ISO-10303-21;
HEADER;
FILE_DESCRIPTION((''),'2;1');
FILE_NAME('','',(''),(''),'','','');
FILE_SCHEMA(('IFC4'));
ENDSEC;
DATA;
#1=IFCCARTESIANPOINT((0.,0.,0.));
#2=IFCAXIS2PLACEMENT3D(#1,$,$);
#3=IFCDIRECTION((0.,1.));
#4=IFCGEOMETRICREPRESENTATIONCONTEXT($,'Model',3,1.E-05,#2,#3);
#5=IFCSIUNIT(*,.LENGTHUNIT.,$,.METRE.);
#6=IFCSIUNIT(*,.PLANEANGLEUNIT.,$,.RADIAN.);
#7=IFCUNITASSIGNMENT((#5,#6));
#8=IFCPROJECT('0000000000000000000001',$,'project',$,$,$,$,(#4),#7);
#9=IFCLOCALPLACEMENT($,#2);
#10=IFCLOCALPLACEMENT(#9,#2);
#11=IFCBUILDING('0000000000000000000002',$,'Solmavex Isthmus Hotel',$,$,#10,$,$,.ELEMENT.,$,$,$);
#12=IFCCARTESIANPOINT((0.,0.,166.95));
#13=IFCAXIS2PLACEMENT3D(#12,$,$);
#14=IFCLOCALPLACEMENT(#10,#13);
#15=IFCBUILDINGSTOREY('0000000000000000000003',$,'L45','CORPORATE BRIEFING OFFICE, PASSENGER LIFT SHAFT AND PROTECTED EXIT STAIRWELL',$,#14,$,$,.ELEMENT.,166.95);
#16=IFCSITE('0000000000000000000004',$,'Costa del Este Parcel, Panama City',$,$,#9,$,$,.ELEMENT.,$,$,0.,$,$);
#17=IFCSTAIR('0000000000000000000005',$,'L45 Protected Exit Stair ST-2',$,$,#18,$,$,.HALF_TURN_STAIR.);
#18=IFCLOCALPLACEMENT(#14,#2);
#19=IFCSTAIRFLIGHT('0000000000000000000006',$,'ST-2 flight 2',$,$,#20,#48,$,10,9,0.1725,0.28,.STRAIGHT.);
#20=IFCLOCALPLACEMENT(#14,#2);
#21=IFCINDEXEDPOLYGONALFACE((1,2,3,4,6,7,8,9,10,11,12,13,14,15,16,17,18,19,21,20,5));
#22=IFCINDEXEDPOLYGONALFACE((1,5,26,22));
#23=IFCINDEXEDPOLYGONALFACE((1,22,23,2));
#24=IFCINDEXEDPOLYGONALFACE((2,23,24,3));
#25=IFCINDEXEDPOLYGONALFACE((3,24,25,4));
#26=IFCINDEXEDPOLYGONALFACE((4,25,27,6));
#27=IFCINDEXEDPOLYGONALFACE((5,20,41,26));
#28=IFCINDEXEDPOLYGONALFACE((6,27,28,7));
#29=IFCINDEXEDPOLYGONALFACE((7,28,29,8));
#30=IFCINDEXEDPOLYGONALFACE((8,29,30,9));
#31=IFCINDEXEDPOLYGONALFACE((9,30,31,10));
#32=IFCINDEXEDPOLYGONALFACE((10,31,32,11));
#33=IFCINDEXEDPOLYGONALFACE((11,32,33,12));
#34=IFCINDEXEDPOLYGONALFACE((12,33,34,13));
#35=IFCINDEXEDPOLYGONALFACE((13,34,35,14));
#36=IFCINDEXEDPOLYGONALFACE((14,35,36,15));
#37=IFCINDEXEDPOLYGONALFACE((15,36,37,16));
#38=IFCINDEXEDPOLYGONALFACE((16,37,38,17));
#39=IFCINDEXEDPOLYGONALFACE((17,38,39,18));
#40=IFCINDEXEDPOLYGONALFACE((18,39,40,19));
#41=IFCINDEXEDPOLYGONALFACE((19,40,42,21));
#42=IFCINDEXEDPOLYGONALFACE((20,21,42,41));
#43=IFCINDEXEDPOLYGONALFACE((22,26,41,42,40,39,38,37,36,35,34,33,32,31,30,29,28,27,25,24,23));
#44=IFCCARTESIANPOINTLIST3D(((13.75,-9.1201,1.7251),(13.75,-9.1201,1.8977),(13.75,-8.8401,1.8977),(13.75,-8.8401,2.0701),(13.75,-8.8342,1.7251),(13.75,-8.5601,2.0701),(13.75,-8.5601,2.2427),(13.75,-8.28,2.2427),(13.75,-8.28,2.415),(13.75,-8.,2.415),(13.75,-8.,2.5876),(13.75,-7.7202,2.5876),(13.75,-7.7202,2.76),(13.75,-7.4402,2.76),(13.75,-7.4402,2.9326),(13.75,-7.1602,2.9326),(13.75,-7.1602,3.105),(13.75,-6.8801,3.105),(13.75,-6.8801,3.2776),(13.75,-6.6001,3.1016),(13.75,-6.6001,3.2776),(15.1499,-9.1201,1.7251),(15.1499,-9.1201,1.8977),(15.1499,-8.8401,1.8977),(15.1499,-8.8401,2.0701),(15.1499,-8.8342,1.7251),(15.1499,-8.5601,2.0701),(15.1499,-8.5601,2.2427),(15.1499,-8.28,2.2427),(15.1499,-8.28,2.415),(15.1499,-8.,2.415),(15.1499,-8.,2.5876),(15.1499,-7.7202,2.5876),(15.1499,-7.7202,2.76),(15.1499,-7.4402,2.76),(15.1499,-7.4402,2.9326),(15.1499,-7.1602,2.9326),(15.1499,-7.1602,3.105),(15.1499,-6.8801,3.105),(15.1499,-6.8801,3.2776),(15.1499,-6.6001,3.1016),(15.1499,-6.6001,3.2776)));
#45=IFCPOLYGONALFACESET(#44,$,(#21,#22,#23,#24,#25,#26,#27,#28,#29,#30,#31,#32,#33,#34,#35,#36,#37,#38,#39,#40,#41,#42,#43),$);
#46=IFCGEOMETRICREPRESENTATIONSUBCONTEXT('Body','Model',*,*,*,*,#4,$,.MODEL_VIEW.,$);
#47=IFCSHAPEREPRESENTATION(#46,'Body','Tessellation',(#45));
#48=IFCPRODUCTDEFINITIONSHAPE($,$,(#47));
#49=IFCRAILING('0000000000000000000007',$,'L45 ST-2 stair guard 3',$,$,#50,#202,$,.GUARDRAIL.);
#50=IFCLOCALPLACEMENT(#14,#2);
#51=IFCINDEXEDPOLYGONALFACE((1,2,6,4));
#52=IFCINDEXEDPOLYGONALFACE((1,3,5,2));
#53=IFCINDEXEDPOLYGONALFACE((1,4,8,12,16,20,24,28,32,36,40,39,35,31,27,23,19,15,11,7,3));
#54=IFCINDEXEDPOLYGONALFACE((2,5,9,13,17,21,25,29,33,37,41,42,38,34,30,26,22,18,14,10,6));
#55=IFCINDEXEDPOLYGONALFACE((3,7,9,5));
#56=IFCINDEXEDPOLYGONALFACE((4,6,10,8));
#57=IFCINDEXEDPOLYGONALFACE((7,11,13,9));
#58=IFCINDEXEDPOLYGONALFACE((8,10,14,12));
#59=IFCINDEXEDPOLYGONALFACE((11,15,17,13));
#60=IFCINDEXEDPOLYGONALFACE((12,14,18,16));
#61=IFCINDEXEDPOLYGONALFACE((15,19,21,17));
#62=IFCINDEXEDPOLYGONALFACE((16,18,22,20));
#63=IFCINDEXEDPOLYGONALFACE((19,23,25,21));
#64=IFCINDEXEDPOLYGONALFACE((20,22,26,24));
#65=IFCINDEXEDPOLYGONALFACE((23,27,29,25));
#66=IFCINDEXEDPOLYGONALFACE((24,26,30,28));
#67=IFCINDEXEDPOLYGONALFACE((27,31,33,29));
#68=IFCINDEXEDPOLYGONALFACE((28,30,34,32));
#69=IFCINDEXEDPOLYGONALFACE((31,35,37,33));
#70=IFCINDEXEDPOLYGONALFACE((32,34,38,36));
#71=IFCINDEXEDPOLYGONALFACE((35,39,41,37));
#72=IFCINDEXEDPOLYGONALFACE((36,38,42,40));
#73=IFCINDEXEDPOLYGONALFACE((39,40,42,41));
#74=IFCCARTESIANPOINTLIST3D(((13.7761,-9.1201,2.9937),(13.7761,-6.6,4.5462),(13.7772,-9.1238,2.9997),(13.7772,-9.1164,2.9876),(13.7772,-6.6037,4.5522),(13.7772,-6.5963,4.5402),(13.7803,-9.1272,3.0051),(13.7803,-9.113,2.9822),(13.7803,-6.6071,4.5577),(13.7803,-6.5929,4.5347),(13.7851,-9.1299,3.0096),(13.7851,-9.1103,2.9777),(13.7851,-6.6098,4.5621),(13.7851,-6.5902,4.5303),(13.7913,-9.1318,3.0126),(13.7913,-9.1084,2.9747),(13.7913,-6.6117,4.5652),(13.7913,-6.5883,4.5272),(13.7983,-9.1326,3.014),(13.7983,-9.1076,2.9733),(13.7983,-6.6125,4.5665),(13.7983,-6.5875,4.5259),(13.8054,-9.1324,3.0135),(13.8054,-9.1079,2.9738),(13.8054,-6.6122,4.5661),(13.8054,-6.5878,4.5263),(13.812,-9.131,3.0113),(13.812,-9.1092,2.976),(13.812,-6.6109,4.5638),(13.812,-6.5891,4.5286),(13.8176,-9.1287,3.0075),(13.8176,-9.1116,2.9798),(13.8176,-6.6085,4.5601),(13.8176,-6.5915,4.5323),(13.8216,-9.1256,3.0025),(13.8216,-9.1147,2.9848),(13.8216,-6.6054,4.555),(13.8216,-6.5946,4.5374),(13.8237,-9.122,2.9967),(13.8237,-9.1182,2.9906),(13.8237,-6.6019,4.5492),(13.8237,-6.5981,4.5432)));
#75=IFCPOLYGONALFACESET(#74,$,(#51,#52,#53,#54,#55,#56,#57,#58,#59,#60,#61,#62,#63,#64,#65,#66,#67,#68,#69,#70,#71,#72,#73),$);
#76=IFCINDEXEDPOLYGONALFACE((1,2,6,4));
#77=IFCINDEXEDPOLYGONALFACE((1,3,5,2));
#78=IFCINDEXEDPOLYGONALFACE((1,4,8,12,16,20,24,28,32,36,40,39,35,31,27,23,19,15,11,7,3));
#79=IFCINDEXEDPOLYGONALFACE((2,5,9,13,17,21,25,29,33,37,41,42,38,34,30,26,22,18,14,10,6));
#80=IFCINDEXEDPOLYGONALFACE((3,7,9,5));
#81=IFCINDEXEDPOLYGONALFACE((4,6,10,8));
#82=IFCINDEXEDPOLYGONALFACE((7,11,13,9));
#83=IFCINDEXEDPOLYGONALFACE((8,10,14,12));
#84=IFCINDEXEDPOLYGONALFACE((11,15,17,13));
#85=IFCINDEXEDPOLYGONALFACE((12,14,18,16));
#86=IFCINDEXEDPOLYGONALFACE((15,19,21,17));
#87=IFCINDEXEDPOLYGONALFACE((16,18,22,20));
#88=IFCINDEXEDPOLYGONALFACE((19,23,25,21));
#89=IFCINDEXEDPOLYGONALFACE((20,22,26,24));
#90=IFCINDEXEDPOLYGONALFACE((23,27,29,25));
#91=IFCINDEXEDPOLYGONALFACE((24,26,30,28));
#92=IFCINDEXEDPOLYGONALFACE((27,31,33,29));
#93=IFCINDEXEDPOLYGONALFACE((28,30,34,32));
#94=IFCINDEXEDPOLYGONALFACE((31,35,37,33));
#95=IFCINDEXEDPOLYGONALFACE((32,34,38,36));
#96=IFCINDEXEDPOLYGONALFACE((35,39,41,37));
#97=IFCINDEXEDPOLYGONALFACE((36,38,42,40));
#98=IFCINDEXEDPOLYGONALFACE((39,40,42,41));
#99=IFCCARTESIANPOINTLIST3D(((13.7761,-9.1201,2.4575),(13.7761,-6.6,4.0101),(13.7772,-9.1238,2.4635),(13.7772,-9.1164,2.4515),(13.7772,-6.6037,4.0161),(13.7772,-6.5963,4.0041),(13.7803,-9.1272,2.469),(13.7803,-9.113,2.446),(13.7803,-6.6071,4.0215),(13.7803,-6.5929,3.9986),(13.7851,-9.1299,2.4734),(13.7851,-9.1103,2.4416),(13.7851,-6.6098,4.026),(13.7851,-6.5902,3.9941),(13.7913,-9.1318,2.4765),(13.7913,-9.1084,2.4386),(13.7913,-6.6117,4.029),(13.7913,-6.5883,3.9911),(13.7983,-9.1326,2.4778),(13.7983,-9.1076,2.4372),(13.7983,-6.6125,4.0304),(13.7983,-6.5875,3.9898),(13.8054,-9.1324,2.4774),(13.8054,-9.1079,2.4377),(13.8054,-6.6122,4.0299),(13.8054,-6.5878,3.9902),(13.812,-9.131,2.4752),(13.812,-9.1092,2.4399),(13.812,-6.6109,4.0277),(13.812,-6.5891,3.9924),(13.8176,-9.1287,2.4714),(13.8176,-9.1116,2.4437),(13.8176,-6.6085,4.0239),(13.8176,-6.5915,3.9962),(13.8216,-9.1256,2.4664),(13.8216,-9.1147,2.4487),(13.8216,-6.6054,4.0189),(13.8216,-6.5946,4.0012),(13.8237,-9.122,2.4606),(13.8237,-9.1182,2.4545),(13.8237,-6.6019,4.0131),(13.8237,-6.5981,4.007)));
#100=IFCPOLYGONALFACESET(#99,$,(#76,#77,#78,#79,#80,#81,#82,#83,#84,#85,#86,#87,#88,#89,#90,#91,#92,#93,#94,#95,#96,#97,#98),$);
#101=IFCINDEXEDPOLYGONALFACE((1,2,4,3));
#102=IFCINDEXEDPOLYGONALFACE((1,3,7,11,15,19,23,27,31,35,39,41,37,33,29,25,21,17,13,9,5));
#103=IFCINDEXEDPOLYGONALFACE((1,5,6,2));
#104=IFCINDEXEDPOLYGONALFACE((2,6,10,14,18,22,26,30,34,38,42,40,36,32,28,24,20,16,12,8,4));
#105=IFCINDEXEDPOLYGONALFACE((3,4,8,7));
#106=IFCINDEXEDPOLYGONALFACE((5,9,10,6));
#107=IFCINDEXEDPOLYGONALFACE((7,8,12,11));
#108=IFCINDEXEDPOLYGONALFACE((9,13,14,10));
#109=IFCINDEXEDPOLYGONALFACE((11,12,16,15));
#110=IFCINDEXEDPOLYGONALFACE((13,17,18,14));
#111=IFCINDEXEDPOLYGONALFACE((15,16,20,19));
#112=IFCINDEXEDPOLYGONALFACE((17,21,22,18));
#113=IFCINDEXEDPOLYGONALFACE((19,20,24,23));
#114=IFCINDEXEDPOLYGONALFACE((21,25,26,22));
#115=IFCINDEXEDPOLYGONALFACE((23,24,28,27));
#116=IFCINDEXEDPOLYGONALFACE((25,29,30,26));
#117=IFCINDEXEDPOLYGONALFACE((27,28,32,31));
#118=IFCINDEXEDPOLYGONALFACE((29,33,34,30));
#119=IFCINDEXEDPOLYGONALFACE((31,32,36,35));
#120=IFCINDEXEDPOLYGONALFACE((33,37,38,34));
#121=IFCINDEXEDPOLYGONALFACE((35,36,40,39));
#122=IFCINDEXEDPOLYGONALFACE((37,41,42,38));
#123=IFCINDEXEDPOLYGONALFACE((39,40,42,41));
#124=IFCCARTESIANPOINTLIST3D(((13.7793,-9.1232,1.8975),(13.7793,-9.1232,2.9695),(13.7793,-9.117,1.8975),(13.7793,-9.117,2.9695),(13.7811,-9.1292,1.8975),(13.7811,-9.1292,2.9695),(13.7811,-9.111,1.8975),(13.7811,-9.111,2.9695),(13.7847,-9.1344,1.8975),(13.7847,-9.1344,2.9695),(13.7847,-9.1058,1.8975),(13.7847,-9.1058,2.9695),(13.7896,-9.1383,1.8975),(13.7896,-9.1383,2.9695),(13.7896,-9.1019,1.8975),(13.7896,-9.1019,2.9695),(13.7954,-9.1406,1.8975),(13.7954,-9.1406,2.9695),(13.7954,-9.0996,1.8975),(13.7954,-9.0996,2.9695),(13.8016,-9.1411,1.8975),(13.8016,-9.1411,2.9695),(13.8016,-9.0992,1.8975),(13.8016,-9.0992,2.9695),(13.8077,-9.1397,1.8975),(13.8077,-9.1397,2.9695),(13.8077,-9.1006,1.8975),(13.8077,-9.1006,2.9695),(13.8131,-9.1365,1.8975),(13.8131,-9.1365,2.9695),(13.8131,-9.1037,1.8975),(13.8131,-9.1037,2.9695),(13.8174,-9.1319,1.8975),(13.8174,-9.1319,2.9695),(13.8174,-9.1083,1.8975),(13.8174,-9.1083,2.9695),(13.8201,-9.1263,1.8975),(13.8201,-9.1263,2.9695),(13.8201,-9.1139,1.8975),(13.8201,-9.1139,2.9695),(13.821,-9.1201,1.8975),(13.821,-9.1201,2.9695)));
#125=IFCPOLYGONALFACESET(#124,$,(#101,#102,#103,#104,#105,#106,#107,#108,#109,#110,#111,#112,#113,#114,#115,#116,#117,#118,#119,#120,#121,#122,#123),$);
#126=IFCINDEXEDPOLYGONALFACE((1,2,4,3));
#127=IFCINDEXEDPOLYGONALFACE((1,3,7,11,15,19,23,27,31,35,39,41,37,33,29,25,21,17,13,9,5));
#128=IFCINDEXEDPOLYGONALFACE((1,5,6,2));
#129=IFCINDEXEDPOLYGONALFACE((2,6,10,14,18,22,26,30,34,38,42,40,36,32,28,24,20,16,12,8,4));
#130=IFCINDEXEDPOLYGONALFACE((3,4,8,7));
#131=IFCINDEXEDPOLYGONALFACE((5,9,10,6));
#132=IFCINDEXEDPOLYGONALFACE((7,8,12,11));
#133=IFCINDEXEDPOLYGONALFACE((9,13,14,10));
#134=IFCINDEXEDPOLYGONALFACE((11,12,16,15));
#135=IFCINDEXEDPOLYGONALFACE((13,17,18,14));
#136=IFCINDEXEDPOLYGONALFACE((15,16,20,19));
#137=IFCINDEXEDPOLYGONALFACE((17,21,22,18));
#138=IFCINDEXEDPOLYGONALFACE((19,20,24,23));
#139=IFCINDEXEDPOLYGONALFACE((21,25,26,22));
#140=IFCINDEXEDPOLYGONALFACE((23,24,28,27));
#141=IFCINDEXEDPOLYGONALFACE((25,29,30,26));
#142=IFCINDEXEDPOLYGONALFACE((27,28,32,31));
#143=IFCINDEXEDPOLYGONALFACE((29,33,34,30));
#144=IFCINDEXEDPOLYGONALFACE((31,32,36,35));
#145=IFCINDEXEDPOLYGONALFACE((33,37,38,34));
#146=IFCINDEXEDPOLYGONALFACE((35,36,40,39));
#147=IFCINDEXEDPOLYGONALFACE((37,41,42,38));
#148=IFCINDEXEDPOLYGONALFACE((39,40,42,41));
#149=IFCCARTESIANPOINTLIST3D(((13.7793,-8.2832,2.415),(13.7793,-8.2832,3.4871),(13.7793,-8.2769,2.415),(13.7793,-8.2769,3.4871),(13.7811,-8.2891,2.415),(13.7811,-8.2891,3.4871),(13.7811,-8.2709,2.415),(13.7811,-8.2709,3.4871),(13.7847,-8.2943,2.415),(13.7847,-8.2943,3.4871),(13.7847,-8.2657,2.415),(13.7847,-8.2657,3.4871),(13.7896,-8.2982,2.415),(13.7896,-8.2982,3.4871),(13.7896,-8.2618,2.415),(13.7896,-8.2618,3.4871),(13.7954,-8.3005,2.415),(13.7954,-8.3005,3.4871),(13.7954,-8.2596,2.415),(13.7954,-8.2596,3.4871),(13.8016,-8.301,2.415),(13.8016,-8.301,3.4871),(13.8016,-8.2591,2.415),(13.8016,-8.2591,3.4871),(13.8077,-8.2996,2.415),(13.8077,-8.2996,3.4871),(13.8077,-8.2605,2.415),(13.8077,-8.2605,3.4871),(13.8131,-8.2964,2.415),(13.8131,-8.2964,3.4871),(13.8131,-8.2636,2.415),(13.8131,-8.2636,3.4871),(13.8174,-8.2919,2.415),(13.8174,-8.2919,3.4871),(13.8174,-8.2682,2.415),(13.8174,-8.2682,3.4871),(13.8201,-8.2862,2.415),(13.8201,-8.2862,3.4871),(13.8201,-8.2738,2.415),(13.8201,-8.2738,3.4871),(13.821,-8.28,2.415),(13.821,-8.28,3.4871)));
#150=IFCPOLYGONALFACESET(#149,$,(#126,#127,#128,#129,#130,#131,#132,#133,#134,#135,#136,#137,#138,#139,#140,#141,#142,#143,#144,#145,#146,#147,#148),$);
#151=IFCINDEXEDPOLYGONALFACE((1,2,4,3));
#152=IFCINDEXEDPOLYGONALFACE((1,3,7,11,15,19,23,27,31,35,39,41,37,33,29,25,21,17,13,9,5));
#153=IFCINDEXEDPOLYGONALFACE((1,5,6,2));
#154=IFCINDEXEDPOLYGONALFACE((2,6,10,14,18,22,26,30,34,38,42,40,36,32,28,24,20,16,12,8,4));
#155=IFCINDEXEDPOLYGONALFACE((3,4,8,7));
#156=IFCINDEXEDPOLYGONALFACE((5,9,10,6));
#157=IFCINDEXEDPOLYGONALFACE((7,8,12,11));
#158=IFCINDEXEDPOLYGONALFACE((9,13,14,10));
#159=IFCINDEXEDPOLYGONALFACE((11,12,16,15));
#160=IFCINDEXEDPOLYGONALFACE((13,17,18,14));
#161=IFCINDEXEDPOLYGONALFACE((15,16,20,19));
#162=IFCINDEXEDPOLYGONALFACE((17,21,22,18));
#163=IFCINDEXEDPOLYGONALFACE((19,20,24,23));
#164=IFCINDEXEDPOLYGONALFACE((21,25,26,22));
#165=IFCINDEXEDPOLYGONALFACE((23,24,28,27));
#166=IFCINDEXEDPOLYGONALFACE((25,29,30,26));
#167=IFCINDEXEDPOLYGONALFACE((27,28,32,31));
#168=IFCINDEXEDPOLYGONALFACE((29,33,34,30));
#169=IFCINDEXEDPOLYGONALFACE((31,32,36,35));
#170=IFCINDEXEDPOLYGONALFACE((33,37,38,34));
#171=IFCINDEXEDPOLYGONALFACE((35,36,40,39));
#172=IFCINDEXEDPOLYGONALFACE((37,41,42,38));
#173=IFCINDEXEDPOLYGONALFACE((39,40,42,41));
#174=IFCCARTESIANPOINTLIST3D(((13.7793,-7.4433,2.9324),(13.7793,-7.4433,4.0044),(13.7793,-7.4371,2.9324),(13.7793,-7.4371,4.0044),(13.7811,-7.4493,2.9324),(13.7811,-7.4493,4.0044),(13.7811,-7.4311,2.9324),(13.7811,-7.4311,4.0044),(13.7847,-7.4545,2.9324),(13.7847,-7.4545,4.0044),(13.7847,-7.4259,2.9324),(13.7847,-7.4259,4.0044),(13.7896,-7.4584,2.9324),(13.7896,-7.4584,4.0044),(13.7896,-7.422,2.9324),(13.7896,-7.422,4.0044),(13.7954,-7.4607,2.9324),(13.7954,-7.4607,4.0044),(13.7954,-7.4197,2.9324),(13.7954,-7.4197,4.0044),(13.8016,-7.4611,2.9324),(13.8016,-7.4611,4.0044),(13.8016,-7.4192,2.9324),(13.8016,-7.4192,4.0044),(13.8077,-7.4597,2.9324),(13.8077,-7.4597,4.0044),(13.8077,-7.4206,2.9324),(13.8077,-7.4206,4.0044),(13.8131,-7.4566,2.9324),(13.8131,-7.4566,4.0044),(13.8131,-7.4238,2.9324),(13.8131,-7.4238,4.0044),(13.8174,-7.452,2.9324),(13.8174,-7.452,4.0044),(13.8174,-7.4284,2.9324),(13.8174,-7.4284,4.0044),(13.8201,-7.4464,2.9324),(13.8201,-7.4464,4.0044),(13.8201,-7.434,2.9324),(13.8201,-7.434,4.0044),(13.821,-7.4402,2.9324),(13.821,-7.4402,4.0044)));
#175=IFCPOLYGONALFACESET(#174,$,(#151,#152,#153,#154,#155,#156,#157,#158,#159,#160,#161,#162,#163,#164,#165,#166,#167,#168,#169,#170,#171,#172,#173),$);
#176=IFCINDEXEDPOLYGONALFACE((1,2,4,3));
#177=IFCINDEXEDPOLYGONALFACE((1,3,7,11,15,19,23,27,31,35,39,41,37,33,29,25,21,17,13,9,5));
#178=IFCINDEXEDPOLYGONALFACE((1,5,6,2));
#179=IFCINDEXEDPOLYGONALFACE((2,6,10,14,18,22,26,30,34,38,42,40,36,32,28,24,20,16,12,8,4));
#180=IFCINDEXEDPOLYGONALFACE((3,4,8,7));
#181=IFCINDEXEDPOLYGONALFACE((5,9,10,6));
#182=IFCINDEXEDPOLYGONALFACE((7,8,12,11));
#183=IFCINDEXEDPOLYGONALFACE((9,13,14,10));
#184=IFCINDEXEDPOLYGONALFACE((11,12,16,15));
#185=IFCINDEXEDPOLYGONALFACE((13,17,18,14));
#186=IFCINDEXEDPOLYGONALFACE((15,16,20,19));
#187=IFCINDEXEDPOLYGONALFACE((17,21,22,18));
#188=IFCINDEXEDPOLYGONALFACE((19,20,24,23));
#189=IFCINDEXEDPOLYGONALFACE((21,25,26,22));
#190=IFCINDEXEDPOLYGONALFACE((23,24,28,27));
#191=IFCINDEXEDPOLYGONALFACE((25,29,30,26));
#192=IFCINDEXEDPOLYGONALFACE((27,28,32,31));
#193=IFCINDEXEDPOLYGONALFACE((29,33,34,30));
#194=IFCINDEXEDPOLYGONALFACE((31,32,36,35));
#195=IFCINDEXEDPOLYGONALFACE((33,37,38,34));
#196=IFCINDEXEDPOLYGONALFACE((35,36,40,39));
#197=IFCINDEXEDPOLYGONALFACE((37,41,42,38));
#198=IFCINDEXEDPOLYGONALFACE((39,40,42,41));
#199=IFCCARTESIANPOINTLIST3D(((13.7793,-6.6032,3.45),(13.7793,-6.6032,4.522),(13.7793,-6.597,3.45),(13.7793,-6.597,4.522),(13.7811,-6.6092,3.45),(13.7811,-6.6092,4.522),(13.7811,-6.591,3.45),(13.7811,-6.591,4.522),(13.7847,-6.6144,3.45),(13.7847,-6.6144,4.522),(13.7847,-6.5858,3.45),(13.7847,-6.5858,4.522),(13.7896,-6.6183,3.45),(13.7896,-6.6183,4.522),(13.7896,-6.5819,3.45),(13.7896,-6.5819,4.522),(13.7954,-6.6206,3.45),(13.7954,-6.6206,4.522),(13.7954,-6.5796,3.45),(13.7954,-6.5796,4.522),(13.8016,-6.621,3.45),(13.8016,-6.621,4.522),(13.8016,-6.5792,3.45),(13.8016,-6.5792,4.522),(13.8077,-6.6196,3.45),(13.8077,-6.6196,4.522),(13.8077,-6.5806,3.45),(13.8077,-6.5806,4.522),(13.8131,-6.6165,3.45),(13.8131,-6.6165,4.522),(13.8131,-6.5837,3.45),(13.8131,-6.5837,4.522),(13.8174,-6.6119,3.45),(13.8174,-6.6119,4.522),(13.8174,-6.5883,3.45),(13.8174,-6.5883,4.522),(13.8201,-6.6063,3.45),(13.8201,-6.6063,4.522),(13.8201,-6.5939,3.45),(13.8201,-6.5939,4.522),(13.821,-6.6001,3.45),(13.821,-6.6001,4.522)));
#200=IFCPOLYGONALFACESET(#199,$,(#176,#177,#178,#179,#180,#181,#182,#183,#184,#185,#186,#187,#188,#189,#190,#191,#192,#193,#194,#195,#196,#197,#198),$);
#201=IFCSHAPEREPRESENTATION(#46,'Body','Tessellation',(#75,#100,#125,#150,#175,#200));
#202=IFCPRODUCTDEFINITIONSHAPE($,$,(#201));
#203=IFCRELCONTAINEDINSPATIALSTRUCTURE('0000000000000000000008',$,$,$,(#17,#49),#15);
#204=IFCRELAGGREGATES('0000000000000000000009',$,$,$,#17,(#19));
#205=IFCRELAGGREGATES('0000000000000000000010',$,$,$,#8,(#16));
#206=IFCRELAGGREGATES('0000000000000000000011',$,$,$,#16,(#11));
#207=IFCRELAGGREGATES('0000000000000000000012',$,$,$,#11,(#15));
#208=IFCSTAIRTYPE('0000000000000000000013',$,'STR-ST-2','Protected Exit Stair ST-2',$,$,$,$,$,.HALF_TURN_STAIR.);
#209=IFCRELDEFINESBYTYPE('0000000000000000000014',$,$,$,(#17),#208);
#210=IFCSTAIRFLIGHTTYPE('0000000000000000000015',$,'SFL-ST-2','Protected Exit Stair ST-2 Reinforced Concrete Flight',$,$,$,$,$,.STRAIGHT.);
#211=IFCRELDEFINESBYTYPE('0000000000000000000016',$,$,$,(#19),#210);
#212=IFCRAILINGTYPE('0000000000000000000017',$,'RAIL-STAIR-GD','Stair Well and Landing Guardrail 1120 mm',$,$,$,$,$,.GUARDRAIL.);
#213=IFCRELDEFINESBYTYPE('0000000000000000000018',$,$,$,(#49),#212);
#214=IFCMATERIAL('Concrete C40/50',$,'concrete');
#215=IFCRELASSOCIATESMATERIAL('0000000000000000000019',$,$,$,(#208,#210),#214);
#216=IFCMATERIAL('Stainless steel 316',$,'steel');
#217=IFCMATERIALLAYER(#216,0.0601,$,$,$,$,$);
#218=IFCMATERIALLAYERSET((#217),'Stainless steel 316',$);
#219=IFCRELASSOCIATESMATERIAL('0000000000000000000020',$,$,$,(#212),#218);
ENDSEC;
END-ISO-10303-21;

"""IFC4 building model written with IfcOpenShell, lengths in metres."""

from ifc_helpers import new_model, si_unit, direction, frame, origin, origin_2d, place, context, subcontext, project, spatial, polyline, circle, outline, extrude, material, layer, layer_set, type_object, element, aggregate, save


model = new_model("IFC4")

# Units and contexts
model_context = context("Model", 3, precision=1e-05, world=origin(), true_north=direction((0.0, 1.0)))
body_context = subcontext(model_context, "Body", "Model", "MODEL_VIEW")
ifc_project = project(units=[si_unit("LENGTHUNIT", "METRE"), si_unit("PLANEANGLEUNIT", "RADIAN")], contexts=[model_context])

# Site, building, storey
site_placement = place(None, origin())
site = spatial("IfcSite", under=ifc_project, at=site_placement, Name="Costa del Este Parcel, Panama City", CompositionType="ELEMENT", RefElevation=0.0)
building_placement = place(site_placement, origin())
building = spatial("IfcBuilding", under=site, at=building_placement, Name="Solmavex Isthmus Hotel", CompositionType="ELEMENT")
storey_placement = place(building_placement, frame((0.0, 0.0, 166.95)))
storey = spatial("IfcBuildingStorey", under=building, at=storey_placement, Name="L45", Description="CORPORATE BRIEFING OFFICE, PASSENGER LIFT SHAFT AND PROTECTED EXIT STAIRWELL", CompositionType="ELEMENT", Elevation=166.95)

# Shared definitions
ifc_material_1 = material(Name="Concrete C40/50", Category="concrete")

# Stair, stair flight
stair_type = type_object("IfcStairType", Name="STR-ST-2", Description="Protected Exit Stair ST-2", PredefinedType="HALF_TURN_STAIR", material=ifc_material_1)
stair_placement = place(storey_placement, origin())
stair = element("IfcStair", 1, at=stair_placement, inside=storey, type_object=stair_type, Name="L45 Protected Exit Stair ST-2", PredefinedType="HALF_TURN_STAIR")
stair_flight_type = type_object("IfcStairFlightType", Name="SFL-ST-2", Description="Protected Exit Stair ST-2 Reinforced Concrete Flight", PredefinedType="STRAIGHT", material=ifc_material_1)
stair_flight_placement = place(storey_placement, frame((14.45, -9.1201, 1.7251), z_axis=(0.0, 0.0, 1.0), x_axis=(0.0, 1.0, 0.0)))
stair_flight = element("IfcStairFlight", 2, at=stair_flight_placement, type_object=stair_flight_type, Name="ST-2 flight 2", NumberOfRisers=10, NumberOfTreads=9, PredefinedType="STRAIGHT", RiserHeight=0.1725, TreadLength=0.28, context=body_context, shape_type="SweptSolid", body=[
    extrude(outline(polyline([(0.0, 0.0), (0.0, 0.1726), (0.28, 0.1726), (0.28, 0.345), (0.5601, 0.345), (0.5601, 0.5176), (0.8401, 0.5176), (0.8401, 0.6899), (1.1201, 0.6899), (1.1201, 0.8625), (1.3999, 0.8625), (1.3999, 1.0349), (1.6799, 1.0349), (1.6799, 1.2075), (1.96, 1.2075), (1.96, 1.3799), (2.24, 1.3799), (2.24, 1.5525), (2.52, 1.5525), (2.52, 1.7251), (2.52, 1.3765), (0.2859, 0.0), (0.0, 0.0)])), frame((0.0, 0.7, 0.0), z_axis=(0.0, -1.0, 0.0), x_axis=(1.0, 0.0, 0.0)), (0.0, 0.0, 1.0), 1.3999),
])
aggregate(stair, [stair_flight])

# Railing
ifc_material_2 = material(Name="Stainless steel 316", Category="steel")
ifc_layer_1 = layer(ifc_material_2, 0.0601)
ifc_layer_set_1 = layer_set([ifc_layer_1], Name="Stainless steel 316")
railing_type_1 = type_object("IfcRailingType", Name="RAIL-STAIR-GD", Description="Stair Well and Landing Guardrail 1120 mm", PredefinedType="GUARDRAIL", material=ifc_layer_set_1)
railing_1_placement = place(storey_placement, frame((13.8, -9.1201, 1.8975)))
element("IfcRailing", 3, at=railing_1_placement, inside=storey, type_object=railing_type_1, Name="L45 ST-2 stair guard 3", PredefinedType="GUARDRAIL", context=body_context, shape_type="SweptSolid", body=[
    extrude(circle(Radius=0.0239, at=origin_2d()), frame((0.0, 0.0, 1.0962), z_axis=(0.0, 0.8514, 0.524516), x_axis=(-1.0, 0.0, 0.0)), (0.0, 0.0, 1.0), 2.96),
    extrude(circle(Radius=0.0239, at=origin_2d()), frame((0.0, 0.0, 0.5601), z_axis=(0.0, 0.8514, 0.524516), x_axis=(-1.0, 0.0, 0.0)), (0.0, 0.0, 1.0), 2.96),
    extrude(circle(Radius=0.021, at=origin_2d()), origin(), (0.0, 0.0, 1.0), 1.072),
    extrude(circle(Radius=0.021, at=origin_2d()), frame((0.0, 0.8401, 0.5176)), (0.0, 0.0, 1.0), 1.072),
    extrude(circle(Radius=0.021, at=origin_2d()), frame((0.0, 1.6799, 1.0349)), (0.0, 0.0, 1.0), 1.072),
    extrude(circle(Radius=0.021, at=origin_2d()), frame((0.0, 2.52, 1.5525)), (0.0, 0.0, 1.0), 1.072),
])

save(model, "model.ifc")
